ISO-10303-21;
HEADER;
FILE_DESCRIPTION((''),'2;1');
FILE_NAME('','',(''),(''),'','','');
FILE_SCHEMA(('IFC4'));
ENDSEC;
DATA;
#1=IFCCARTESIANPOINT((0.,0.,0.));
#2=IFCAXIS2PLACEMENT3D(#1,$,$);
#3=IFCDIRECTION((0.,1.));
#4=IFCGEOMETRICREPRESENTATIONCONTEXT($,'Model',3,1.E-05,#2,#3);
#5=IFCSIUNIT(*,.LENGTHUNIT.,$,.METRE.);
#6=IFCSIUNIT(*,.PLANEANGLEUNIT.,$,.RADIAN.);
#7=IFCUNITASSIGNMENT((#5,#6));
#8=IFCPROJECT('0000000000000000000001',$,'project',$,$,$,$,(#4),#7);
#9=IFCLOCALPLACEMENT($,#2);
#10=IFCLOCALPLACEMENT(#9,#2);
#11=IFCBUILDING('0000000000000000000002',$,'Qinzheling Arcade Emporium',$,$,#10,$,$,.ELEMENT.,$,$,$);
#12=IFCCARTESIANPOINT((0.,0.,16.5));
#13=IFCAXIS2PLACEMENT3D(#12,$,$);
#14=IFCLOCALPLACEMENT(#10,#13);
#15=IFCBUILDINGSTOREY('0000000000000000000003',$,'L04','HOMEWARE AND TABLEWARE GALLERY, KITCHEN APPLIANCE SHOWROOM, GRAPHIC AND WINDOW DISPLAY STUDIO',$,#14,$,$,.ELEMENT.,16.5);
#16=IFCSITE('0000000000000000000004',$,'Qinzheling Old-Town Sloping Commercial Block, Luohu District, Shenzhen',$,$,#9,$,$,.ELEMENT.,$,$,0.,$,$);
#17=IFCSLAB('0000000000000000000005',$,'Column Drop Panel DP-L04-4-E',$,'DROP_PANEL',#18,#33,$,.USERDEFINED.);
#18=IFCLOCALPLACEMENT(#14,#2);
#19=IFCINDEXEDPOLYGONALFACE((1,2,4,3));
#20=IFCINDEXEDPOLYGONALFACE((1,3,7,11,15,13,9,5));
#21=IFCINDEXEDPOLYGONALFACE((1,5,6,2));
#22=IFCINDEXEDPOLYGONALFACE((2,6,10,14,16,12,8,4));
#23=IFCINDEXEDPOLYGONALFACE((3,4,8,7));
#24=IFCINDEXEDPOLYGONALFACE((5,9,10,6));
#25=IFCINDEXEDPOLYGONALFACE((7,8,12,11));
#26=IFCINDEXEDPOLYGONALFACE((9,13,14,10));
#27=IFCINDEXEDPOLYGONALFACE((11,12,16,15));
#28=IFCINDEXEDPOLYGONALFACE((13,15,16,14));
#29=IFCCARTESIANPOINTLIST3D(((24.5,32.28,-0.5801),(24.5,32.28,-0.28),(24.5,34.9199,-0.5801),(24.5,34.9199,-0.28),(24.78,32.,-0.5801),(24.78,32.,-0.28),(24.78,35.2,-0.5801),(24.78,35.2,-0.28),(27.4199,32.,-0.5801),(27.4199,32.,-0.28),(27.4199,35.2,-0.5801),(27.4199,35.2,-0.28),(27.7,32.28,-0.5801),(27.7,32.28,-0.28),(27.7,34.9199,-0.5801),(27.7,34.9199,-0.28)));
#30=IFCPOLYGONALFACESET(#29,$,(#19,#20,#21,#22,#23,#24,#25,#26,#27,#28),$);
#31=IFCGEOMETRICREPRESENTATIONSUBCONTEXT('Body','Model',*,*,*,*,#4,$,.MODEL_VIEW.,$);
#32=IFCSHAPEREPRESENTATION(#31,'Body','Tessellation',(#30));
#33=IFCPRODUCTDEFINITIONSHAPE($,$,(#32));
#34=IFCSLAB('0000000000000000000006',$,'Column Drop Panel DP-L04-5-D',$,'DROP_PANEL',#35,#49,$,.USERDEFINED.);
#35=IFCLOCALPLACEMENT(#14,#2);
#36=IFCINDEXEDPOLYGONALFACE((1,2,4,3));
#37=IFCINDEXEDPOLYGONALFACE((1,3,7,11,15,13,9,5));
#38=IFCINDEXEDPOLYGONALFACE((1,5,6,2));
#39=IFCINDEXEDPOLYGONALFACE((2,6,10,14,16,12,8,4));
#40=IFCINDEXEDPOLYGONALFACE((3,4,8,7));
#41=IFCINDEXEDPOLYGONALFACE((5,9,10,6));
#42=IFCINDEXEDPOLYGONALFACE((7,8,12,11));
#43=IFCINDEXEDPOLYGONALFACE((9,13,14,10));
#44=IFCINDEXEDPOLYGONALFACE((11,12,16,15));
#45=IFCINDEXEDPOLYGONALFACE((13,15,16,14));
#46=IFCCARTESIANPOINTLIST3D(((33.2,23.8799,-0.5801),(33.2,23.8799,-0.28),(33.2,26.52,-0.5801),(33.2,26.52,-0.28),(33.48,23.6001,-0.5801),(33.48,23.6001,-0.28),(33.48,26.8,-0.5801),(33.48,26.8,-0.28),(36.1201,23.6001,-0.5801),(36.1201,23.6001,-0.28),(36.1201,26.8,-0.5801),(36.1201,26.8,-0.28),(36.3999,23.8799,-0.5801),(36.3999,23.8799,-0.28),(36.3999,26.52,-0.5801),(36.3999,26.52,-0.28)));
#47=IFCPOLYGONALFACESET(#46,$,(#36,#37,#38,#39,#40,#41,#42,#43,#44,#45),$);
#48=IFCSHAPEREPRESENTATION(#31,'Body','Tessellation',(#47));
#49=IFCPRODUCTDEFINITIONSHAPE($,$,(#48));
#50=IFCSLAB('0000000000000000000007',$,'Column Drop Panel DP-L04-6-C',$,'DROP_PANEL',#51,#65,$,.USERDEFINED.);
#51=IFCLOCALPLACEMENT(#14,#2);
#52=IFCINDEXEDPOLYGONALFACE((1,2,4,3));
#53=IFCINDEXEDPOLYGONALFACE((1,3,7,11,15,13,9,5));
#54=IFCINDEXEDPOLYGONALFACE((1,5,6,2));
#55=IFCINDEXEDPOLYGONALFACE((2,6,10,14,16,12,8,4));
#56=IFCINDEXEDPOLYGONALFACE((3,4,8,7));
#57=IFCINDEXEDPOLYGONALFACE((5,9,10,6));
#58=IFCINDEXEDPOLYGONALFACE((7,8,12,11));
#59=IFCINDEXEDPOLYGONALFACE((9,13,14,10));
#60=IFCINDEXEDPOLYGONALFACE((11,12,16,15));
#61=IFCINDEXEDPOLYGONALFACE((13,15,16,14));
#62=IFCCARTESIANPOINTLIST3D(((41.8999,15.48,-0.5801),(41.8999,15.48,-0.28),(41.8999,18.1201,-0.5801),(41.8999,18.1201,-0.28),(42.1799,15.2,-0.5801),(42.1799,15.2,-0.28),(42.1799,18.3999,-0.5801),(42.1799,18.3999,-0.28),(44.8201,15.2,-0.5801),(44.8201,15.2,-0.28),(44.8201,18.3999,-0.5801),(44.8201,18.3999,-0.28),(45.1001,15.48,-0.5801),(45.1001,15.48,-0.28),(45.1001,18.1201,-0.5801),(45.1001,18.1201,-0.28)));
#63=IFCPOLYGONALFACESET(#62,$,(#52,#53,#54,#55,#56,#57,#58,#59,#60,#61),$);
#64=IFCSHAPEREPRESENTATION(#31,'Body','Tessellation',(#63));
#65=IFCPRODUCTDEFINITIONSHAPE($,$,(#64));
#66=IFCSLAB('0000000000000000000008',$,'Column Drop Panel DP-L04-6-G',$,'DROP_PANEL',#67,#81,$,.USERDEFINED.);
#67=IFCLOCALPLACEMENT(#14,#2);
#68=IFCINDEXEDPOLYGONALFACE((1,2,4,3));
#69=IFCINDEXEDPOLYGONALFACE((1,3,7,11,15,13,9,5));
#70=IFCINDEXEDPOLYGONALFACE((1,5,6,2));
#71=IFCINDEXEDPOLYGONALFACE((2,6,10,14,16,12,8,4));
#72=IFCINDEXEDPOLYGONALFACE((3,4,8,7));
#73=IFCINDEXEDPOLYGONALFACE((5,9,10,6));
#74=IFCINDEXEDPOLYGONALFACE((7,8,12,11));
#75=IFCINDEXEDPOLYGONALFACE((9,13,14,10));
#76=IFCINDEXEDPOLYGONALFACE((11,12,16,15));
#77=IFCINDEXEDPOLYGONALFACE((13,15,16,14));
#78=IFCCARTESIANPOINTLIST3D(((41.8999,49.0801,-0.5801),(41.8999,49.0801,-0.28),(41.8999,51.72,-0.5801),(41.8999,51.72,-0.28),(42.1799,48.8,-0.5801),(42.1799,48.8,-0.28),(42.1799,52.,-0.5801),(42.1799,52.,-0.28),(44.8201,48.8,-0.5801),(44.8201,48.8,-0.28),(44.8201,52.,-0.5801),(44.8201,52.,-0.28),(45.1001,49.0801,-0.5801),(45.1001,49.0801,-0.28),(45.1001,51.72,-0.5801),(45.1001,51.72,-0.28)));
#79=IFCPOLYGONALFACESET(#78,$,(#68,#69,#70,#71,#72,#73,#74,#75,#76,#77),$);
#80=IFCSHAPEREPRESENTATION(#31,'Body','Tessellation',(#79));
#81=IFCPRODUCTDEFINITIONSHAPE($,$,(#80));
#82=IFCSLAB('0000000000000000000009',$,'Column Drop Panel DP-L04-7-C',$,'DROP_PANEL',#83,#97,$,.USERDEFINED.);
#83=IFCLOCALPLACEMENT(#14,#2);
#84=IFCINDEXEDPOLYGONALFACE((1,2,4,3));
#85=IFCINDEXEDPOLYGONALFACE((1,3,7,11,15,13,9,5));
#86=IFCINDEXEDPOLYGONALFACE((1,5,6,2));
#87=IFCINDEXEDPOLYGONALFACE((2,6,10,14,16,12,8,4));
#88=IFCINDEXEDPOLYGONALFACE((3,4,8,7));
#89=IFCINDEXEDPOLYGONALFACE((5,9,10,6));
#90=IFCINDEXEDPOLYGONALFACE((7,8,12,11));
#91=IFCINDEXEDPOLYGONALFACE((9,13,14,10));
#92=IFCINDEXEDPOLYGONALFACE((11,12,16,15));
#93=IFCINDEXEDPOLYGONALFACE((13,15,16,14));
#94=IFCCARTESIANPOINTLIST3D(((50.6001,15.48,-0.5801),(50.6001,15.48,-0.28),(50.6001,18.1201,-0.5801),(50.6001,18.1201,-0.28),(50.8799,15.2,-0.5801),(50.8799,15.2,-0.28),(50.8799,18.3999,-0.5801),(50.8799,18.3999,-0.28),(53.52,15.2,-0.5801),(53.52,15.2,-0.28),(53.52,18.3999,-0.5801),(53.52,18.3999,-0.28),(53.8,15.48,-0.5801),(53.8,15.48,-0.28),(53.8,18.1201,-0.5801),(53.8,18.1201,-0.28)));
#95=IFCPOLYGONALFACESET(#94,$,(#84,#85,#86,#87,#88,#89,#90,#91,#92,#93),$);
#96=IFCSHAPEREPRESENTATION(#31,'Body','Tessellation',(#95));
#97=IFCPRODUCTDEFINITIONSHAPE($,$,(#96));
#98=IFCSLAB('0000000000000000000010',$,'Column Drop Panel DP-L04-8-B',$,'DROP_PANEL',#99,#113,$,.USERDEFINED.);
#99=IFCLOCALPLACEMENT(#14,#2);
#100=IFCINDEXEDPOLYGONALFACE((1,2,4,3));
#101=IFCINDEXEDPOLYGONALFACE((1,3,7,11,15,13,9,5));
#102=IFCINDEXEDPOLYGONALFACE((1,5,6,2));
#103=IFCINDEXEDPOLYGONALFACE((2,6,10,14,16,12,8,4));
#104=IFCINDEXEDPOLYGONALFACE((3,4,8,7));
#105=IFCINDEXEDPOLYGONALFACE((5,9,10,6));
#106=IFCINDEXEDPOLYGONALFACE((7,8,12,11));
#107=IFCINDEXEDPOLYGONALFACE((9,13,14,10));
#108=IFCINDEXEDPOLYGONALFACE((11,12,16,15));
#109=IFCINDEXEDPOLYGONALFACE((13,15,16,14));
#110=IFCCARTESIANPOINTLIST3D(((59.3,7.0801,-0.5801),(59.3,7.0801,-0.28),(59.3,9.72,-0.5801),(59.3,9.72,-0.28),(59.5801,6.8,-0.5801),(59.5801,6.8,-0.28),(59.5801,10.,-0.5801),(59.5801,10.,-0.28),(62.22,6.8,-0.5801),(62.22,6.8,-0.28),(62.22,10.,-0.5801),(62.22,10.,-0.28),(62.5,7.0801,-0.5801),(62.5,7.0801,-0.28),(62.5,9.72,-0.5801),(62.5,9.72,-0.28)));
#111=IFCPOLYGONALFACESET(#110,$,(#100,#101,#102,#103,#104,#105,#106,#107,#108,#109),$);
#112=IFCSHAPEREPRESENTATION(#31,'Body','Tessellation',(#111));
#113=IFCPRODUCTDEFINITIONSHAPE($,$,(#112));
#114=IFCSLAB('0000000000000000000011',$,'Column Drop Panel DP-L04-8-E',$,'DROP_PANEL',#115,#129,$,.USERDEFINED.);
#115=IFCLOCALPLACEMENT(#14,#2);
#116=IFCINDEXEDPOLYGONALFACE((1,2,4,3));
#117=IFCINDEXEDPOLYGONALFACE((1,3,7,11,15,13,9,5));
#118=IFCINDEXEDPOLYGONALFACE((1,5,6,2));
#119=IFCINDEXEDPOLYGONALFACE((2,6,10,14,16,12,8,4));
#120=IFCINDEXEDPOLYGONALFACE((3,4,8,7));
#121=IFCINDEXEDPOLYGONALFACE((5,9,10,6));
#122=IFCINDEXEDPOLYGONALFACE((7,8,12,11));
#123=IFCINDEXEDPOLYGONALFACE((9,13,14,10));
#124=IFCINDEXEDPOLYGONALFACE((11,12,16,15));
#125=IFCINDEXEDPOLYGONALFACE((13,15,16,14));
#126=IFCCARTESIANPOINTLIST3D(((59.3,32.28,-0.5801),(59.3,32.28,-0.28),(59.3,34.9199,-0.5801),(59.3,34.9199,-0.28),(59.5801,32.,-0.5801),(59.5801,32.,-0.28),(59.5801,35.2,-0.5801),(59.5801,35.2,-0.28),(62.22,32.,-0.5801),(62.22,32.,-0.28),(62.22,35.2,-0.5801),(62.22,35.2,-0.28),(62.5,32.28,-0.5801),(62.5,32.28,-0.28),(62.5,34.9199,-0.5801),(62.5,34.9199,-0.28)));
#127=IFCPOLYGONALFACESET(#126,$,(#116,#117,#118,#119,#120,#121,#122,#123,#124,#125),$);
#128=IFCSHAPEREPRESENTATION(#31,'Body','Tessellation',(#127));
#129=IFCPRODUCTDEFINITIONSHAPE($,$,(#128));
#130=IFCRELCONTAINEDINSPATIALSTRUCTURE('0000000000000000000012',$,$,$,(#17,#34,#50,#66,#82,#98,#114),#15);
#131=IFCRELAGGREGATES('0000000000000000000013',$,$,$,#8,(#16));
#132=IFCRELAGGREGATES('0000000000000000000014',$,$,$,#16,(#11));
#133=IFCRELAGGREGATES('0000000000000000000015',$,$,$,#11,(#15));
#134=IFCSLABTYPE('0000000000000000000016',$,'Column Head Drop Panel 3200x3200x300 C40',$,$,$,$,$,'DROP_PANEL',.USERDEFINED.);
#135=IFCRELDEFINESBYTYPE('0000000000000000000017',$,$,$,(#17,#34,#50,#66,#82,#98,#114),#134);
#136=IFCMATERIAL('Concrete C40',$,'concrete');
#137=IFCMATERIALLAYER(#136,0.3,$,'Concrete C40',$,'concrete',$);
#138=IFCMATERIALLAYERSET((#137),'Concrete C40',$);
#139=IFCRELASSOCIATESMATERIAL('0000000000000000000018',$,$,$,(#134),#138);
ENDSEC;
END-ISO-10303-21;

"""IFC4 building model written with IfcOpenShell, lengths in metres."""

from ifc_helpers import new_model, si_unit, direction, frame, origin, place, context, subcontext, project, spatial, polyline, outline, extrude, material, layer, layer_set, type_object, element, save


model = new_model("IFC4")

# Units and contexts
model_context = context("Model", 3, precision=1e-05, world=origin(), true_north=direction((0.0, 1.0)))
body_context = subcontext(model_context, "Body", "Model", "MODEL_VIEW")
ifc_project = project(units=[si_unit("LENGTHUNIT", "METRE"), si_unit("PLANEANGLEUNIT", "RADIAN")], contexts=[model_context])

# Site, building, storey
site_placement = place(None, origin())
site = spatial("IfcSite", under=ifc_project, at=site_placement, Name="Qinzheling Old-Town Sloping Commercial Block, Luohu District, Shenzhen", CompositionType="ELEMENT", RefElevation=0.0)
building_placement = place(site_placement, origin())
building = spatial("IfcBuilding", under=site, at=building_placement, Name="Qinzheling Arcade Emporium", CompositionType="ELEMENT")
storey_placement = place(building_placement, frame((0.0, 0.0, 16.5)))
storey = spatial("IfcBuildingStorey", under=building, at=storey_placement, Name="L04", Description="HOMEWARE AND TABLEWARE GALLERY, KITCHEN APPLIANCE SHOWROOM, GRAPHIC AND WINDOW DISPLAY STUDIO", CompositionType="ELEMENT", Elevation=16.5)

# Slabs
ifc_material = material(Name="Concrete C40", Category="concrete")
ifc_layer_1 = layer(ifc_material, 0.3, Name="Concrete C40", Category="concrete")
ifc_layer_set_1 = layer_set([ifc_layer_1], Name="Concrete C40")
slab_type_1 = type_object("IfcSlabType", Name="Column Head Drop Panel 3200x3200x300 C40", ElementType="DROP_PANEL", PredefinedType="USERDEFINED", material=ifc_layer_set_1)
slab_1_placement = place(storey_placement, frame((0.0, 0.0, -0.5801)))
element("IfcSlab", 1, at=slab_1_placement, inside=storey, type_object=slab_type_1, Name="Column Drop Panel DP-L04-4-E", ObjectType="DROP_PANEL", PredefinedType="USERDEFINED", context=body_context, shape_type="SweptSolid", body=[
    extrude(outline(polyline([(24.78, 32.0), (27.4199, 32.0), (27.7, 32.28), (27.7, 34.9199), (27.4199, 35.2), (24.78, 35.2), (24.5, 34.9199), (24.5, 32.28), (24.78, 32.0)])), origin(), (0.0, 0.0, 1.0), 0.3),
])
slab_2_placement = place(storey_placement, frame((0.0, 0.0, -0.5801)))
element("IfcSlab", 2, at=slab_2_placement, inside=storey, type_object=slab_type_1, Name="Column Drop Panel DP-L04-5-D", ObjectType="DROP_PANEL", PredefinedType="USERDEFINED", context=body_context, shape_type="SweptSolid", body=[
    extrude(outline(polyline([(33.48, 23.6001), (36.1201, 23.6001), (36.3999, 23.8799), (36.3999, 26.52), (36.1201, 26.8), (33.48, 26.8), (33.2, 26.52), (33.2, 23.8799), (33.48, 23.6001)])), origin(), (0.0, 0.0, 1.0), 0.3),
])
slab_3_placement = place(storey_placement, frame((0.0, 0.0, -0.5801)))
element("IfcSlab", 3, at=slab_3_placement, inside=storey, type_object=slab_type_1, Name="Column Drop Panel DP-L04-6-C", ObjectType="DROP_PANEL", PredefinedType="USERDEFINED", context=body_context, shape_type="SweptSolid", body=[
    extrude(outline(polyline([(42.1799, 15.2), (44.8201, 15.2), (45.1001, 15.48), (45.1001, 18.1201), (44.8201, 18.3999), (42.1799, 18.3999), (41.8999, 18.1201), (41.8999, 15.48), (42.1799, 15.2)])), origin(), (0.0, 0.0, 1.0), 0.3),
])
slab_4_placement = place(storey_placement, frame((0.0, 0.0, -0.5801)))
element("IfcSlab", 4, at=slab_4_placement, inside=storey, type_object=slab_type_1, Name="Column Drop Panel DP-L04-6-G", ObjectType="DROP_PANEL", PredefinedType="USERDEFINED", context=body_context, shape_type="SweptSolid", body=[
    extrude(outline(polyline([(42.1799, 48.8), (44.8201, 48.8), (45.1001, 49.0801), (45.1001, 51.72), (44.8201, 52.0), (42.1799, 52.0), (41.8999, 51.72), (41.8999, 49.0801), (42.1799, 48.8)])), origin(), (0.0, 0.0, 1.0), 0.3),
])
slab_5_placement = place(storey_placement, frame((0.0, 0.0, -0.5801)))
element("IfcSlab", 5, at=slab_5_placement, inside=storey, type_object=slab_type_1, Name="Column Drop Panel DP-L04-7-C", ObjectType="DROP_PANEL", PredefinedType="USERDEFINED", context=body_context, shape_type="SweptSolid", body=[
    extrude(outline(polyline([(50.8799, 15.2), (53.52, 15.2), (53.8, 15.48), (53.8, 18.1201), (53.52, 18.3999), (50.8799, 18.3999), (50.6001, 18.1201), (50.6001, 15.48), (50.8799, 15.2)])), origin(), (0.0, 0.0, 1.0), 0.3),
])
slab_6_placement = place(storey_placement, frame((0.0, 0.0, -0.5801)))
element("IfcSlab", 6, at=slab_6_placement, inside=storey, type_object=slab_type_1, Name="Column Drop Panel DP-L04-8-B", ObjectType="DROP_PANEL", PredefinedType="USERDEFINED", context=body_context, shape_type="SweptSolid", body=[
    extrude(outline(polyline([(59.5801, 6.8), (62.22, 6.8), (62.5, 7.0801), (62.5, 9.72), (62.22, 10.0), (59.5801, 10.0), (59.3, 9.72), (59.3, 7.0801), (59.5801, 6.8)])), origin(), (0.0, 0.0, 1.0), 0.3),
])
slab_7_placement = place(storey_placement, frame((0.0, 0.0, -0.5801)))
element("IfcSlab", 7, at=slab_7_placement, inside=storey, type_object=slab_type_1, Name="Column Drop Panel DP-L04-8-E", ObjectType="DROP_PANEL", PredefinedType="USERDEFINED", context=body_context, shape_type="SweptSolid", body=[
    extrude(outline(polyline([(59.5801, 32.0), (62.22, 32.0), (62.5, 32.28), (62.5, 34.9199), (62.22, 35.2), (59.5801, 35.2), (59.3, 34.9199), (59.3, 32.28), (59.5801, 32.0)])), origin(), (0.0, 0.0, 1.0), 0.3),
])

save(model, "model.ifc")
